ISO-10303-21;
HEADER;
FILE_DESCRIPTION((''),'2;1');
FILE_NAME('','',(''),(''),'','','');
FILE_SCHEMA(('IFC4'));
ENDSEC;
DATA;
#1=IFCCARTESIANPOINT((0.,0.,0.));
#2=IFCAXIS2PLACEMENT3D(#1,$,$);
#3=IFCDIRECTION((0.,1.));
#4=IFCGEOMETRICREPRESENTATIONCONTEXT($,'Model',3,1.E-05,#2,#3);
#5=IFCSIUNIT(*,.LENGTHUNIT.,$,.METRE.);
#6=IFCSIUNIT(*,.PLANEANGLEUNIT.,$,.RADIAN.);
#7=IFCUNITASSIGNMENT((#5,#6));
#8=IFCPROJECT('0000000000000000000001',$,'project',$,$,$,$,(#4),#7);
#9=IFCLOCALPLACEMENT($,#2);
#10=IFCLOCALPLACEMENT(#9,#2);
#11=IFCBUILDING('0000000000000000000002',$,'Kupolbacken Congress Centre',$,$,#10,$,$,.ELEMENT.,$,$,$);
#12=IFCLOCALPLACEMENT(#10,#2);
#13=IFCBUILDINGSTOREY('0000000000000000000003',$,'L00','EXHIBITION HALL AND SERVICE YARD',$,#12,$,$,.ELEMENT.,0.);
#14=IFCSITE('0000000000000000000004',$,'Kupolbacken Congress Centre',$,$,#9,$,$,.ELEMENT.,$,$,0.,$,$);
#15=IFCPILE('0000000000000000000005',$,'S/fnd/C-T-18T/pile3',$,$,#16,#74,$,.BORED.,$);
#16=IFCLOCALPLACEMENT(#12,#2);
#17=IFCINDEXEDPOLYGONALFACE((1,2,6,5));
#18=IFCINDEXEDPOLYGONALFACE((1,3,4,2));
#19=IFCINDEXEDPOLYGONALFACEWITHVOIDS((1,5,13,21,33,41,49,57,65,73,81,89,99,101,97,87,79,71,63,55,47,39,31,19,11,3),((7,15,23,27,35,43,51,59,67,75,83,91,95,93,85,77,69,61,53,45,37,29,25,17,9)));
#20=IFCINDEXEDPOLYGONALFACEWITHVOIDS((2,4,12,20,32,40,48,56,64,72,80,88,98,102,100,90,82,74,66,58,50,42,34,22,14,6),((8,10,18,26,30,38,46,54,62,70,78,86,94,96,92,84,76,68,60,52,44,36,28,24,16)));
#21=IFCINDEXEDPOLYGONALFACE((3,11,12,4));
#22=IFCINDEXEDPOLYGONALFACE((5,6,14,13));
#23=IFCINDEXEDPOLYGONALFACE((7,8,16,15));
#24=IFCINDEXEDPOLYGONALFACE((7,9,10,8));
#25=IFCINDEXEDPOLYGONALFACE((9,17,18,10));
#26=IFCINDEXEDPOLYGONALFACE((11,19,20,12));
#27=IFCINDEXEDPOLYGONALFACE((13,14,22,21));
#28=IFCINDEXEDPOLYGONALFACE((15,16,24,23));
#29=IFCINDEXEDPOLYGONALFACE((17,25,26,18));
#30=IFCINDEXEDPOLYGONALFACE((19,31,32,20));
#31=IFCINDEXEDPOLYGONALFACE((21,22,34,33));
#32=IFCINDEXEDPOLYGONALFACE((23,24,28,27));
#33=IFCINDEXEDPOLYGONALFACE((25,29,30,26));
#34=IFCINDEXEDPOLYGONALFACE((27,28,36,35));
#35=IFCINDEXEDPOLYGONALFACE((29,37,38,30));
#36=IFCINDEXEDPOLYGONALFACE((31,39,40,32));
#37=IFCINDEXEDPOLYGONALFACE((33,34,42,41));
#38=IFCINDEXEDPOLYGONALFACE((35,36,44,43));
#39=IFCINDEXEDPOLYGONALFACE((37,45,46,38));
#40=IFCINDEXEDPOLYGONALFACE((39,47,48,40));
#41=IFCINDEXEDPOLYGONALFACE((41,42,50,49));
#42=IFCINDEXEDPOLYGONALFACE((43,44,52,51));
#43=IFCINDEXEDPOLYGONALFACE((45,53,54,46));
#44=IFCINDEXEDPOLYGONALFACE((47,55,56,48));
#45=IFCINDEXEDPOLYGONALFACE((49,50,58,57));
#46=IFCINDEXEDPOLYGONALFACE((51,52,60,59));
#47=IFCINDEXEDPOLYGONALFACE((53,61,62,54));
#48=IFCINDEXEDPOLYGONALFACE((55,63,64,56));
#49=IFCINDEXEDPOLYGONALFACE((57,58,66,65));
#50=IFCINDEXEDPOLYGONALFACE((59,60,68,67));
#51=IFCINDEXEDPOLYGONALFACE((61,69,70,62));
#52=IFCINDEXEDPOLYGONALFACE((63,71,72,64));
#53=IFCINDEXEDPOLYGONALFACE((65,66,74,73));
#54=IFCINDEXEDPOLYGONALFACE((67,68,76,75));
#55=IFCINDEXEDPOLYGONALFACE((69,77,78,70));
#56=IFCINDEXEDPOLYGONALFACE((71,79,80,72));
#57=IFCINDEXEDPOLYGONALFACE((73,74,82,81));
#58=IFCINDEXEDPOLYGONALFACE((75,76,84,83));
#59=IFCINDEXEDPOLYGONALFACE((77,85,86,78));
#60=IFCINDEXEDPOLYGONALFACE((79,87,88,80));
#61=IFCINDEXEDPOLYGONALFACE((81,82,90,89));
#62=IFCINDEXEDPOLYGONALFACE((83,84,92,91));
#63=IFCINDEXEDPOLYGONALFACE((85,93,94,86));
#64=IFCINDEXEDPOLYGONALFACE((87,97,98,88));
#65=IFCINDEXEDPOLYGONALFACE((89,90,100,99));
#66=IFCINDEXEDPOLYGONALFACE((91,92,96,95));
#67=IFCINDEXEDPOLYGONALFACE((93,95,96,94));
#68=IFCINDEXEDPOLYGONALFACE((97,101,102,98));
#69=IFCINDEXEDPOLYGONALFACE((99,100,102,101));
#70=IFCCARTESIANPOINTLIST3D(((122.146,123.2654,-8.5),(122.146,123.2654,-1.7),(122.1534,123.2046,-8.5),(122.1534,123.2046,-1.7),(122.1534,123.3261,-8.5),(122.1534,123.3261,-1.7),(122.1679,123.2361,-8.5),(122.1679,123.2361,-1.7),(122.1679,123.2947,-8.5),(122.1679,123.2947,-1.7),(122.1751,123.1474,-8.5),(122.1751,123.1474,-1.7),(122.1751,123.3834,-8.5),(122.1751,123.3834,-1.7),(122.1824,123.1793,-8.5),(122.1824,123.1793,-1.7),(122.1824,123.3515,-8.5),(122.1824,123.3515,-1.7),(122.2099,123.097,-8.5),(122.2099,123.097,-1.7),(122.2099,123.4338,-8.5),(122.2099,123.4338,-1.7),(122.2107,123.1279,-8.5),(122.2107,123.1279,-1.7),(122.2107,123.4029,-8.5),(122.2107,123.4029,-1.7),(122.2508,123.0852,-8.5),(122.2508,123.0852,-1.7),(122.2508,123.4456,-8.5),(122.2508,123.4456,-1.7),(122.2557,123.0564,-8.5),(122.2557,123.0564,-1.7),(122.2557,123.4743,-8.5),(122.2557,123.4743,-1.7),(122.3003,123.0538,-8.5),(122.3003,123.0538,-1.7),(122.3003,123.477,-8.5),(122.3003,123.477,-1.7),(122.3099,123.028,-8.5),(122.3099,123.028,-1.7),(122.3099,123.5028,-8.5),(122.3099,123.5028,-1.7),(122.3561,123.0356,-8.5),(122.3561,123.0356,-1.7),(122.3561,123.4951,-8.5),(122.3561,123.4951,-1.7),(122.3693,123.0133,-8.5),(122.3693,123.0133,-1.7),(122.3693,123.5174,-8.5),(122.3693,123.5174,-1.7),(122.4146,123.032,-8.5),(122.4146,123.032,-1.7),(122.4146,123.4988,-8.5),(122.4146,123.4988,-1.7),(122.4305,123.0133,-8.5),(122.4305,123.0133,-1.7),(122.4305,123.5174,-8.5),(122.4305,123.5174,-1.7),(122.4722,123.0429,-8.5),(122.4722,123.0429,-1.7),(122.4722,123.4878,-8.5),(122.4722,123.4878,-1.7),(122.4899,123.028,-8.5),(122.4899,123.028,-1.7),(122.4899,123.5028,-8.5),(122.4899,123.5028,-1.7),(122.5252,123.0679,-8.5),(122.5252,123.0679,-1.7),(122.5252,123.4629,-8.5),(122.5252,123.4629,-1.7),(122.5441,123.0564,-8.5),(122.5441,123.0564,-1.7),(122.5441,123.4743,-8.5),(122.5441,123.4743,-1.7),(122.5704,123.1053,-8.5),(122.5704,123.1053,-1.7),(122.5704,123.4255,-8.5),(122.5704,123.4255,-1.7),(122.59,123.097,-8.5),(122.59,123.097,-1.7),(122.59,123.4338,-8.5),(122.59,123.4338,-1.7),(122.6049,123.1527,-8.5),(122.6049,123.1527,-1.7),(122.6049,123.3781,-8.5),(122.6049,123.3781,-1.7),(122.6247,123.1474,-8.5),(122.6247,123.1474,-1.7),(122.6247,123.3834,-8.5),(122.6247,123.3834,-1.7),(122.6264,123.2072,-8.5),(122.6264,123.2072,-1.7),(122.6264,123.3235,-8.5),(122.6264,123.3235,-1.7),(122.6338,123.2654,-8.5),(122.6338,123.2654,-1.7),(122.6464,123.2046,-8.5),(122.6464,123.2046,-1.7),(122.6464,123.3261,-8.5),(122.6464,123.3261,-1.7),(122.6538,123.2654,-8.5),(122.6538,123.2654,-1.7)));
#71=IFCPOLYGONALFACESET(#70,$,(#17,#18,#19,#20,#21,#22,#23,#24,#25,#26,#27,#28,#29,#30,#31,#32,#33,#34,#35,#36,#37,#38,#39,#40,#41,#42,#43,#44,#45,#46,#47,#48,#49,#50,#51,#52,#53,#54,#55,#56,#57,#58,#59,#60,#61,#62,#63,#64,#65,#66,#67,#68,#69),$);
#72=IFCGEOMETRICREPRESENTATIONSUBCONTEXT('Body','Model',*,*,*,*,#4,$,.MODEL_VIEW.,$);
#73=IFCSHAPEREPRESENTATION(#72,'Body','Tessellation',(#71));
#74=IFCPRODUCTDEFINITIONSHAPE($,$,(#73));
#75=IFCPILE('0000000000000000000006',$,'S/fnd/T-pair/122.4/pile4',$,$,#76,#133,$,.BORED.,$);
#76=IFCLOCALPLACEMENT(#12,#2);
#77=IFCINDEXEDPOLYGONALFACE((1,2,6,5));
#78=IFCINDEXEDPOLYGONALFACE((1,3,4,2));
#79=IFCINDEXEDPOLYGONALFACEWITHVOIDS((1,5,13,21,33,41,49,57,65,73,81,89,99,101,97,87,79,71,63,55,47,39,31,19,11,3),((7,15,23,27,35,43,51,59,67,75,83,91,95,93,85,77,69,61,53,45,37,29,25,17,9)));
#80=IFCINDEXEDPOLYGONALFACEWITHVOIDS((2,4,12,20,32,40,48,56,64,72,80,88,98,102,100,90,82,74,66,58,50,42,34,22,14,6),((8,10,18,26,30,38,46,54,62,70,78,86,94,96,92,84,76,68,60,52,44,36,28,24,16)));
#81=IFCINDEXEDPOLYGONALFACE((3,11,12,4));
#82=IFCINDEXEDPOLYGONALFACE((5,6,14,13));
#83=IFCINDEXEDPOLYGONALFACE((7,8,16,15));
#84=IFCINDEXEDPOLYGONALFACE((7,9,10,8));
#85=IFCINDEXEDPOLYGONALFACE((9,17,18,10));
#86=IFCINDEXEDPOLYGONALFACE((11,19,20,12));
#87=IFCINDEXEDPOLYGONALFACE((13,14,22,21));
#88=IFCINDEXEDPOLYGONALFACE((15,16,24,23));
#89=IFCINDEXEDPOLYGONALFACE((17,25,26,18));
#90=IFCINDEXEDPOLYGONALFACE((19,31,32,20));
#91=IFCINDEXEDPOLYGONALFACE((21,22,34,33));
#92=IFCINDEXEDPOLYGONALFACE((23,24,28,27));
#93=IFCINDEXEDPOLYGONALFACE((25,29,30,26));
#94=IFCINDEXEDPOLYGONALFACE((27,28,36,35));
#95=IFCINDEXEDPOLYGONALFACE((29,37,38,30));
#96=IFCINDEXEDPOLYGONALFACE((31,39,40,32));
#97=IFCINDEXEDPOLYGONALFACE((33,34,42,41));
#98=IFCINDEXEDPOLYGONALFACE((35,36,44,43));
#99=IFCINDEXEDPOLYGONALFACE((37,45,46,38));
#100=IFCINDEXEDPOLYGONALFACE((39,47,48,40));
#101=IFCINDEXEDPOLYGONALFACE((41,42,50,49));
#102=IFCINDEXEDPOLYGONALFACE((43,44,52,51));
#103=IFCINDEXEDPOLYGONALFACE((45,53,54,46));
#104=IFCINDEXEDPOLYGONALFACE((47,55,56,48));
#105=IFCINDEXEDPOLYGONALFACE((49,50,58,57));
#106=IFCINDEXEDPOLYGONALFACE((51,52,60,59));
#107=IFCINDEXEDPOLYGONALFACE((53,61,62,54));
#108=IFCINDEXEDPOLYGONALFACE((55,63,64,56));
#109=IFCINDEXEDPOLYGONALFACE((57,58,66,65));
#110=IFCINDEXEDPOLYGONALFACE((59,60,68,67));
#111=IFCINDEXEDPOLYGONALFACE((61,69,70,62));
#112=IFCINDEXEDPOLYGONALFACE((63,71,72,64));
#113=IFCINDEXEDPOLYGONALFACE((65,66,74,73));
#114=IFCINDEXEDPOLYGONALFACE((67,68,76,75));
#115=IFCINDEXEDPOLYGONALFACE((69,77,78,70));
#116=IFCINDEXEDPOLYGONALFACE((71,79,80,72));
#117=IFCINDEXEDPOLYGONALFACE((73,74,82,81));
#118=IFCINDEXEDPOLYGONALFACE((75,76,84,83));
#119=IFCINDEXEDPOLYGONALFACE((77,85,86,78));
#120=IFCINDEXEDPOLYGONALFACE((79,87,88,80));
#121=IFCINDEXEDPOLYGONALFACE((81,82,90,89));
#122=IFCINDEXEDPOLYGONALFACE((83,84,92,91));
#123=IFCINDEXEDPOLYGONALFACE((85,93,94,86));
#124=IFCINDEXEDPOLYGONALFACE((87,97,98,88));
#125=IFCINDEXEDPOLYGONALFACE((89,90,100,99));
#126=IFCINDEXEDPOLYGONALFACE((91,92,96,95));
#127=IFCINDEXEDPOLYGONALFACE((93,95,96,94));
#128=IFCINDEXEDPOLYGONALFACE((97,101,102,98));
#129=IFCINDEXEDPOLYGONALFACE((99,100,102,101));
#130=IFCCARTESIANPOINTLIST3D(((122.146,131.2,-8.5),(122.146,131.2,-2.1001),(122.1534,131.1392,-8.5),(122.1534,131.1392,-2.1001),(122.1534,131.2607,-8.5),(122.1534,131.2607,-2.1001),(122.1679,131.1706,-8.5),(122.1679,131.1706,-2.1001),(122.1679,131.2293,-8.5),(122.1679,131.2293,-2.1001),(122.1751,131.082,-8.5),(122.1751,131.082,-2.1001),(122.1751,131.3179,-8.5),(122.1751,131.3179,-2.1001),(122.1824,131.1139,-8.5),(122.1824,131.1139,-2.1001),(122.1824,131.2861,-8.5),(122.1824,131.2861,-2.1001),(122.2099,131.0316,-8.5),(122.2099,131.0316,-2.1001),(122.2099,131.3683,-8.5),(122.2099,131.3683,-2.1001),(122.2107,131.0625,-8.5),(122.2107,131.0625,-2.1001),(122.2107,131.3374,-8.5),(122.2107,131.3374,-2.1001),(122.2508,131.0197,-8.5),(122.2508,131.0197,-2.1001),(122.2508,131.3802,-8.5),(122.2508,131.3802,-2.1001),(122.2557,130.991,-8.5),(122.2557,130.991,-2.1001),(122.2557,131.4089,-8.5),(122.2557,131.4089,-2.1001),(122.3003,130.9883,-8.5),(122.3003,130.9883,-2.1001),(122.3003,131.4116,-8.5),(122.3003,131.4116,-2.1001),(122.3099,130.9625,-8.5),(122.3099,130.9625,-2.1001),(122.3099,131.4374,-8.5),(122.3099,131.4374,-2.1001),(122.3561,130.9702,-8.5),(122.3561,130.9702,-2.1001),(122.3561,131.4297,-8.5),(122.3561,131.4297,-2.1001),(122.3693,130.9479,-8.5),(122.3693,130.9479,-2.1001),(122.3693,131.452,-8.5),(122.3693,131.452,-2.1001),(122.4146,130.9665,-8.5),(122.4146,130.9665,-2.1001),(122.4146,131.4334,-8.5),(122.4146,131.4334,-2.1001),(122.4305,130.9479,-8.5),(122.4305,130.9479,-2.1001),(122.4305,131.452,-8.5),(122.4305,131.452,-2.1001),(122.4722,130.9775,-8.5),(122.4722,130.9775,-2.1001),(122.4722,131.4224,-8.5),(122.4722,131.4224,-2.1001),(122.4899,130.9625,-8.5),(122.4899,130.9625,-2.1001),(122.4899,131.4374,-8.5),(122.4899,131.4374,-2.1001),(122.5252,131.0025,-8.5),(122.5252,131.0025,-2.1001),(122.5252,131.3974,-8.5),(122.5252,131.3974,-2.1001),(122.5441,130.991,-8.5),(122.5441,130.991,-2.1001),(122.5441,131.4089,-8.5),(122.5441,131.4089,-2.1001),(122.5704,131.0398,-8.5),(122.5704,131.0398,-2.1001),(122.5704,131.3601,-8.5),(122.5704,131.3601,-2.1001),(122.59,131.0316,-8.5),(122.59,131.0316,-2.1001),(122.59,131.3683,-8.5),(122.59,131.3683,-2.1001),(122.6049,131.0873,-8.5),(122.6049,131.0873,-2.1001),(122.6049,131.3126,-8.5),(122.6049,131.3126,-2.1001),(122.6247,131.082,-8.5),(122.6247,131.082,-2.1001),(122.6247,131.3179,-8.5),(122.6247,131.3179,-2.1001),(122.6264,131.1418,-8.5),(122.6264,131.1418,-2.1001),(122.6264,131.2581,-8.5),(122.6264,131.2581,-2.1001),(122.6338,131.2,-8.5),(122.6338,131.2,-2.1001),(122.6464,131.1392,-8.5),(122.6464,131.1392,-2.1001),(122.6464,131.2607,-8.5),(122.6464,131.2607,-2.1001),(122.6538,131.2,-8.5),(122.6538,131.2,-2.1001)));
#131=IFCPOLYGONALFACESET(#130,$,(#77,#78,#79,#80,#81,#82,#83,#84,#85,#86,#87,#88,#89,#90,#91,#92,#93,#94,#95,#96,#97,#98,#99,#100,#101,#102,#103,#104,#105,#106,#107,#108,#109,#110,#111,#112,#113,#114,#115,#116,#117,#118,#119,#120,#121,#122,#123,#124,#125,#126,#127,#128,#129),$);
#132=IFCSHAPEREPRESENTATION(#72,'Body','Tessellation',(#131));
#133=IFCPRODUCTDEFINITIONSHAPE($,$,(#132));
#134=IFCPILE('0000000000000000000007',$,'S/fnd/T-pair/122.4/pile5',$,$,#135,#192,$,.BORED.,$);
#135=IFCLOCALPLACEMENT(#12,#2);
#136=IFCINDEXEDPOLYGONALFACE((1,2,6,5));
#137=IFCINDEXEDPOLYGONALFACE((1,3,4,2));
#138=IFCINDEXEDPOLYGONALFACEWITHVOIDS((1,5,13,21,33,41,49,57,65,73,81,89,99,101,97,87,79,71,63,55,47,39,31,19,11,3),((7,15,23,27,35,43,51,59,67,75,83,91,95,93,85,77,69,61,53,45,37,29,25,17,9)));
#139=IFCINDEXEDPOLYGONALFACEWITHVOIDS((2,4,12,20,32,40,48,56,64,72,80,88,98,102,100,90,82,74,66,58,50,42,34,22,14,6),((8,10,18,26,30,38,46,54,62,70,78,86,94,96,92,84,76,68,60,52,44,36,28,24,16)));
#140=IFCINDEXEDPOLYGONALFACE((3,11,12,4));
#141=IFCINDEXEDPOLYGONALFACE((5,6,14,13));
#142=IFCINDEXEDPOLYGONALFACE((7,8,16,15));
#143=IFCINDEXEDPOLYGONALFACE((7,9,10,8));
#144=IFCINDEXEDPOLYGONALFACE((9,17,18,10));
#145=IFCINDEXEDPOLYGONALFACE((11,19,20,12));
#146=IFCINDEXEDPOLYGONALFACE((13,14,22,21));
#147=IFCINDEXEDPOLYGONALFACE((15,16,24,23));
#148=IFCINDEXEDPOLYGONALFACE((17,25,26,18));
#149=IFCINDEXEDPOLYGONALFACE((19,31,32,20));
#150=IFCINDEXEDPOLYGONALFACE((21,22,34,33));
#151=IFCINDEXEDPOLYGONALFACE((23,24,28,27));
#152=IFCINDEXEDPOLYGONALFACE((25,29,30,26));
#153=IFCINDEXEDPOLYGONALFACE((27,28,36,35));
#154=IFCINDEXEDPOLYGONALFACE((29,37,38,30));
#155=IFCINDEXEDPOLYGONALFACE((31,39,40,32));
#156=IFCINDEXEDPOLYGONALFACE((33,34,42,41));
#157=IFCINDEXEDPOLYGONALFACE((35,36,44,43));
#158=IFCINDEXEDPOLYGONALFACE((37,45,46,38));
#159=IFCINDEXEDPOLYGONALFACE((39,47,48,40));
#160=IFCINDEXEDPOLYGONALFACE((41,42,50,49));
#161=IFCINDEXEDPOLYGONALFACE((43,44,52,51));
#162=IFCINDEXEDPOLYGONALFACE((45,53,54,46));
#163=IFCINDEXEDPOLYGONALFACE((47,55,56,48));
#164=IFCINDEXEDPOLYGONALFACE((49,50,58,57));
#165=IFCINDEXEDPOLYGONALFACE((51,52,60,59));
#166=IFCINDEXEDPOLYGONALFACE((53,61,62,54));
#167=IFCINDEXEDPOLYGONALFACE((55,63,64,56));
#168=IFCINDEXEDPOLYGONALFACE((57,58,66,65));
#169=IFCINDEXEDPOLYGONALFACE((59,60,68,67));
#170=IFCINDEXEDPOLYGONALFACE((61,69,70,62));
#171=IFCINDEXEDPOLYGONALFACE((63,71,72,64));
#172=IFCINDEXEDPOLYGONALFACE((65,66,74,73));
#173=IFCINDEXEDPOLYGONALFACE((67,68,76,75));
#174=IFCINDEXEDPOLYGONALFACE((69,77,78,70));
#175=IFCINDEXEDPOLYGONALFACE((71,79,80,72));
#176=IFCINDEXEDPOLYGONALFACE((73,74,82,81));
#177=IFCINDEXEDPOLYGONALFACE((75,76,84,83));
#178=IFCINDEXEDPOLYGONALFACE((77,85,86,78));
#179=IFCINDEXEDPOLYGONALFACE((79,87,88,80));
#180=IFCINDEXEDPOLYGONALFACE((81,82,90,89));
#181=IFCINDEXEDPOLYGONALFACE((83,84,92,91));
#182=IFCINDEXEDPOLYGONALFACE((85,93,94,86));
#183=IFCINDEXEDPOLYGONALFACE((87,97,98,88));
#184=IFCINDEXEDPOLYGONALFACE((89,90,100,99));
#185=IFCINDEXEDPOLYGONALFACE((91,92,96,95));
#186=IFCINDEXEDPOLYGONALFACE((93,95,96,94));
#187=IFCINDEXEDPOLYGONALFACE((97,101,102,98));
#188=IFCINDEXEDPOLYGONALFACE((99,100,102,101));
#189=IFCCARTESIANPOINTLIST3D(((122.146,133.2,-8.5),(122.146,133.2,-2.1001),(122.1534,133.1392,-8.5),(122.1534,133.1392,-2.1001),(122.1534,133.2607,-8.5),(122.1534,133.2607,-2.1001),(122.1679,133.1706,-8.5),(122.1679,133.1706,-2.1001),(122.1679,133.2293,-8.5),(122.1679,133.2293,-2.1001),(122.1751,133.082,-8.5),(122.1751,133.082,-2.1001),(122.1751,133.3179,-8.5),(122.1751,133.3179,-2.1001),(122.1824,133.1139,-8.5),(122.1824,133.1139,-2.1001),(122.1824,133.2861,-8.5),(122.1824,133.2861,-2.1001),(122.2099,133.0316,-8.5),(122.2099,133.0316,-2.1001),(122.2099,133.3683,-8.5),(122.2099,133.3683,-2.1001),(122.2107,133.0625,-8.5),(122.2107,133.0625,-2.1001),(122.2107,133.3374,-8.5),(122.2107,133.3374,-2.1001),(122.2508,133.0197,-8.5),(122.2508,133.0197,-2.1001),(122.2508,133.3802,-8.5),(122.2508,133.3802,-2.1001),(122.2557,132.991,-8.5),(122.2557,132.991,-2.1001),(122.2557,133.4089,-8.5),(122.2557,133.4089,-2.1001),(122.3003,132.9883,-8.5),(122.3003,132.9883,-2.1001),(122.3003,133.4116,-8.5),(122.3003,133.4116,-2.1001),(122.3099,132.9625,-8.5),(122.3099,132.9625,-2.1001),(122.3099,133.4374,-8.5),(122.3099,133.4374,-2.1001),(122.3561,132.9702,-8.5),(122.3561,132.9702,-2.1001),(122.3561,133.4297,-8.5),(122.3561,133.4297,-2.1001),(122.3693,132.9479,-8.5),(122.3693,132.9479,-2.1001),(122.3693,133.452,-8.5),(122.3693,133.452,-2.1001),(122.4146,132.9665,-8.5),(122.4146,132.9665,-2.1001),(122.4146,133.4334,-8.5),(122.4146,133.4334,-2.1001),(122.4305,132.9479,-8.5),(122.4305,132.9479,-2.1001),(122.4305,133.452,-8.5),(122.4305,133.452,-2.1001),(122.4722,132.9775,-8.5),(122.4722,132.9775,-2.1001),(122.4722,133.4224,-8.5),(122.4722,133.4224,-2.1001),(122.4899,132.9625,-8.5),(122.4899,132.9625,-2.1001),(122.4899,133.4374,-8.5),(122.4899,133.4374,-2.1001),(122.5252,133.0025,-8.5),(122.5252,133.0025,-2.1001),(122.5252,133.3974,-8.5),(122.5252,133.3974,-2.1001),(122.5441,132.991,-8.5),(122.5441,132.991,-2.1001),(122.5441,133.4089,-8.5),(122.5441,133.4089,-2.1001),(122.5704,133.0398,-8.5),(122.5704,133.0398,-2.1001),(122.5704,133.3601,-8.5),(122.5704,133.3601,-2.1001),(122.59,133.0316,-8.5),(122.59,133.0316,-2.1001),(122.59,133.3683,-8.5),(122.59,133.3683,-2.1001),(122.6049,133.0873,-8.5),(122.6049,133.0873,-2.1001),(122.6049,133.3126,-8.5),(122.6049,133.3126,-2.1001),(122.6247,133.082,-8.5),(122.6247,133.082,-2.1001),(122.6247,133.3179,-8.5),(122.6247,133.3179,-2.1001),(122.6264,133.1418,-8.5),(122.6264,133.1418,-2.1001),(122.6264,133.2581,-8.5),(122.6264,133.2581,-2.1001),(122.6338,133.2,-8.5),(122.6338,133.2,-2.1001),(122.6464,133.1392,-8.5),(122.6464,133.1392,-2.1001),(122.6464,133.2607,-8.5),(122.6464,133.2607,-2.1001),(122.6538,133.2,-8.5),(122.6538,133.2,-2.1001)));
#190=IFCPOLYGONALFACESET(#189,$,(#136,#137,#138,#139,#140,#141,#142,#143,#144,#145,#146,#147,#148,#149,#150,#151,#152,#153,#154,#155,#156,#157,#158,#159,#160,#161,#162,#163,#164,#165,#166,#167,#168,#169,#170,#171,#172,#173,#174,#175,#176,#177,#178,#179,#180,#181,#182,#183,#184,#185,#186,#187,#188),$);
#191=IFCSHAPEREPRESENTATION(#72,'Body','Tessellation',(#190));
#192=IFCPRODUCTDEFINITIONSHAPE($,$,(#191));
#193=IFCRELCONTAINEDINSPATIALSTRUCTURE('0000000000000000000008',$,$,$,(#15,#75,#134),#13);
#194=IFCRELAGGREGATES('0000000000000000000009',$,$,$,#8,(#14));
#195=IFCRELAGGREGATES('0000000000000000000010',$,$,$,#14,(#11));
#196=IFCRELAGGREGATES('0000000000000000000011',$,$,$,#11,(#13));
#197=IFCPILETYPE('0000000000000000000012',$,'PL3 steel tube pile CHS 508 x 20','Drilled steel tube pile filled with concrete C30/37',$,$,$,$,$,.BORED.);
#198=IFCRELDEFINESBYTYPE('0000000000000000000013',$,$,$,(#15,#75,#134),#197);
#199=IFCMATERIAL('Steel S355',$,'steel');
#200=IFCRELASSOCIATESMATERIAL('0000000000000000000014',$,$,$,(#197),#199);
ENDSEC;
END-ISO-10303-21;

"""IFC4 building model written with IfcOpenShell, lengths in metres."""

from ifc_helpers import new_model, si_unit, direction, frame, origin, origin_2d, place, context, subcontext, project, spatial, hollow_circle, extrude, material, material_profile, profile_set, type_object, element, save


model = new_model("IFC4")

# Units and contexts
model_context = context("Model", 3, precision=1e-05, world=origin(), true_north=direction((0.0, 1.0)))
body_context = subcontext(model_context, "Body", "Model", "MODEL_VIEW")
ifc_project = project(units=[si_unit("LENGTHUNIT", "METRE"), si_unit("PLANEANGLEUNIT", "RADIAN")], contexts=[model_context])

# Site, building, storey
site_placement = place(None, origin())
site = spatial("IfcSite", under=ifc_project, at=site_placement, Name="Kupolbacken Congress Centre", CompositionType="ELEMENT", RefElevation=0.0)
building_placement = place(site_placement, origin())
building = spatial("IfcBuilding", under=site, at=building_placement, Name="Kupolbacken Congress Centre", CompositionType="ELEMENT")
storey_placement = place(building_placement, origin())
storey = spatial("IfcBuildingStorey", under=building, at=storey_placement, Name="L00", Description="EXHIBITION HALL AND SERVICE YARD", CompositionType="ELEMENT", Elevation=0.0)

# Piles
ifc_material_1 = material(Name="Steel S355", Category="steel")
ifc_material_profile_1 = material_profile(ifc_material_1, hollow_circle(Radius=0.2539, WallThickness=0.02, at=origin_2d()), Name="CHS 508 x 20")
ifc_profile_set_1 = profile_set([ifc_material_profile_1], Name="Steel S355")
pile_type_1 = type_object("IfcPileType", Name="PL3 steel tube pile CHS 508 x 20", Description="Drilled steel tube pile filled with concrete C30/37", PredefinedType="BORED", material=ifc_profile_set_1)
for number, where, z_axis, x_axis, name in (
    (1, (122.3999, 123.2654, -1.7), (0.0, 0.0, -1.0), (1.0, 0.0, 0.0), "S/fnd/C-T-18T/pile3"),
):
    element("IfcPile", number, at=place(storey_placement, frame(where, z_axis=z_axis, x_axis=x_axis)), inside=storey, type_object=pile_type_1, Name=name, PredefinedType="BORED", context=body_context, shape_type="SweptSolid", body=[
        extrude(hollow_circle(Radius=0.2539, WallThickness=0.02, at=origin_2d()), origin(), (0.0, 0.0, 1.0), 6.8),
    ])
for number, where, z_axis, x_axis, name in (
    (2, (122.3999, 131.2, -2.1001), (0.0, 0.0, -1.0), (1.0, 0.0, 0.0), "S/fnd/T-pair/122.4/pile4"),
    (3, (122.3999, 133.2, -2.1001), (0.0, 0.0, -1.0), (1.0, 0.0, 0.0), "S/fnd/T-pair/122.4/pile5"),
):
    element("IfcPile", number, at=place(storey_placement, frame(where, z_axis=z_axis, x_axis=x_axis)), inside=storey, type_object=pile_type_1, Name=name, PredefinedType="BORED", context=body_context, shape_type="SweptSolid", body=[
        extrude(hollow_circle(Radius=0.2539, WallThickness=0.02, at=origin_2d()), origin(), (0.0, 0.0, 1.0), 6.3999),
    ])

save(model, "model.ifc")
